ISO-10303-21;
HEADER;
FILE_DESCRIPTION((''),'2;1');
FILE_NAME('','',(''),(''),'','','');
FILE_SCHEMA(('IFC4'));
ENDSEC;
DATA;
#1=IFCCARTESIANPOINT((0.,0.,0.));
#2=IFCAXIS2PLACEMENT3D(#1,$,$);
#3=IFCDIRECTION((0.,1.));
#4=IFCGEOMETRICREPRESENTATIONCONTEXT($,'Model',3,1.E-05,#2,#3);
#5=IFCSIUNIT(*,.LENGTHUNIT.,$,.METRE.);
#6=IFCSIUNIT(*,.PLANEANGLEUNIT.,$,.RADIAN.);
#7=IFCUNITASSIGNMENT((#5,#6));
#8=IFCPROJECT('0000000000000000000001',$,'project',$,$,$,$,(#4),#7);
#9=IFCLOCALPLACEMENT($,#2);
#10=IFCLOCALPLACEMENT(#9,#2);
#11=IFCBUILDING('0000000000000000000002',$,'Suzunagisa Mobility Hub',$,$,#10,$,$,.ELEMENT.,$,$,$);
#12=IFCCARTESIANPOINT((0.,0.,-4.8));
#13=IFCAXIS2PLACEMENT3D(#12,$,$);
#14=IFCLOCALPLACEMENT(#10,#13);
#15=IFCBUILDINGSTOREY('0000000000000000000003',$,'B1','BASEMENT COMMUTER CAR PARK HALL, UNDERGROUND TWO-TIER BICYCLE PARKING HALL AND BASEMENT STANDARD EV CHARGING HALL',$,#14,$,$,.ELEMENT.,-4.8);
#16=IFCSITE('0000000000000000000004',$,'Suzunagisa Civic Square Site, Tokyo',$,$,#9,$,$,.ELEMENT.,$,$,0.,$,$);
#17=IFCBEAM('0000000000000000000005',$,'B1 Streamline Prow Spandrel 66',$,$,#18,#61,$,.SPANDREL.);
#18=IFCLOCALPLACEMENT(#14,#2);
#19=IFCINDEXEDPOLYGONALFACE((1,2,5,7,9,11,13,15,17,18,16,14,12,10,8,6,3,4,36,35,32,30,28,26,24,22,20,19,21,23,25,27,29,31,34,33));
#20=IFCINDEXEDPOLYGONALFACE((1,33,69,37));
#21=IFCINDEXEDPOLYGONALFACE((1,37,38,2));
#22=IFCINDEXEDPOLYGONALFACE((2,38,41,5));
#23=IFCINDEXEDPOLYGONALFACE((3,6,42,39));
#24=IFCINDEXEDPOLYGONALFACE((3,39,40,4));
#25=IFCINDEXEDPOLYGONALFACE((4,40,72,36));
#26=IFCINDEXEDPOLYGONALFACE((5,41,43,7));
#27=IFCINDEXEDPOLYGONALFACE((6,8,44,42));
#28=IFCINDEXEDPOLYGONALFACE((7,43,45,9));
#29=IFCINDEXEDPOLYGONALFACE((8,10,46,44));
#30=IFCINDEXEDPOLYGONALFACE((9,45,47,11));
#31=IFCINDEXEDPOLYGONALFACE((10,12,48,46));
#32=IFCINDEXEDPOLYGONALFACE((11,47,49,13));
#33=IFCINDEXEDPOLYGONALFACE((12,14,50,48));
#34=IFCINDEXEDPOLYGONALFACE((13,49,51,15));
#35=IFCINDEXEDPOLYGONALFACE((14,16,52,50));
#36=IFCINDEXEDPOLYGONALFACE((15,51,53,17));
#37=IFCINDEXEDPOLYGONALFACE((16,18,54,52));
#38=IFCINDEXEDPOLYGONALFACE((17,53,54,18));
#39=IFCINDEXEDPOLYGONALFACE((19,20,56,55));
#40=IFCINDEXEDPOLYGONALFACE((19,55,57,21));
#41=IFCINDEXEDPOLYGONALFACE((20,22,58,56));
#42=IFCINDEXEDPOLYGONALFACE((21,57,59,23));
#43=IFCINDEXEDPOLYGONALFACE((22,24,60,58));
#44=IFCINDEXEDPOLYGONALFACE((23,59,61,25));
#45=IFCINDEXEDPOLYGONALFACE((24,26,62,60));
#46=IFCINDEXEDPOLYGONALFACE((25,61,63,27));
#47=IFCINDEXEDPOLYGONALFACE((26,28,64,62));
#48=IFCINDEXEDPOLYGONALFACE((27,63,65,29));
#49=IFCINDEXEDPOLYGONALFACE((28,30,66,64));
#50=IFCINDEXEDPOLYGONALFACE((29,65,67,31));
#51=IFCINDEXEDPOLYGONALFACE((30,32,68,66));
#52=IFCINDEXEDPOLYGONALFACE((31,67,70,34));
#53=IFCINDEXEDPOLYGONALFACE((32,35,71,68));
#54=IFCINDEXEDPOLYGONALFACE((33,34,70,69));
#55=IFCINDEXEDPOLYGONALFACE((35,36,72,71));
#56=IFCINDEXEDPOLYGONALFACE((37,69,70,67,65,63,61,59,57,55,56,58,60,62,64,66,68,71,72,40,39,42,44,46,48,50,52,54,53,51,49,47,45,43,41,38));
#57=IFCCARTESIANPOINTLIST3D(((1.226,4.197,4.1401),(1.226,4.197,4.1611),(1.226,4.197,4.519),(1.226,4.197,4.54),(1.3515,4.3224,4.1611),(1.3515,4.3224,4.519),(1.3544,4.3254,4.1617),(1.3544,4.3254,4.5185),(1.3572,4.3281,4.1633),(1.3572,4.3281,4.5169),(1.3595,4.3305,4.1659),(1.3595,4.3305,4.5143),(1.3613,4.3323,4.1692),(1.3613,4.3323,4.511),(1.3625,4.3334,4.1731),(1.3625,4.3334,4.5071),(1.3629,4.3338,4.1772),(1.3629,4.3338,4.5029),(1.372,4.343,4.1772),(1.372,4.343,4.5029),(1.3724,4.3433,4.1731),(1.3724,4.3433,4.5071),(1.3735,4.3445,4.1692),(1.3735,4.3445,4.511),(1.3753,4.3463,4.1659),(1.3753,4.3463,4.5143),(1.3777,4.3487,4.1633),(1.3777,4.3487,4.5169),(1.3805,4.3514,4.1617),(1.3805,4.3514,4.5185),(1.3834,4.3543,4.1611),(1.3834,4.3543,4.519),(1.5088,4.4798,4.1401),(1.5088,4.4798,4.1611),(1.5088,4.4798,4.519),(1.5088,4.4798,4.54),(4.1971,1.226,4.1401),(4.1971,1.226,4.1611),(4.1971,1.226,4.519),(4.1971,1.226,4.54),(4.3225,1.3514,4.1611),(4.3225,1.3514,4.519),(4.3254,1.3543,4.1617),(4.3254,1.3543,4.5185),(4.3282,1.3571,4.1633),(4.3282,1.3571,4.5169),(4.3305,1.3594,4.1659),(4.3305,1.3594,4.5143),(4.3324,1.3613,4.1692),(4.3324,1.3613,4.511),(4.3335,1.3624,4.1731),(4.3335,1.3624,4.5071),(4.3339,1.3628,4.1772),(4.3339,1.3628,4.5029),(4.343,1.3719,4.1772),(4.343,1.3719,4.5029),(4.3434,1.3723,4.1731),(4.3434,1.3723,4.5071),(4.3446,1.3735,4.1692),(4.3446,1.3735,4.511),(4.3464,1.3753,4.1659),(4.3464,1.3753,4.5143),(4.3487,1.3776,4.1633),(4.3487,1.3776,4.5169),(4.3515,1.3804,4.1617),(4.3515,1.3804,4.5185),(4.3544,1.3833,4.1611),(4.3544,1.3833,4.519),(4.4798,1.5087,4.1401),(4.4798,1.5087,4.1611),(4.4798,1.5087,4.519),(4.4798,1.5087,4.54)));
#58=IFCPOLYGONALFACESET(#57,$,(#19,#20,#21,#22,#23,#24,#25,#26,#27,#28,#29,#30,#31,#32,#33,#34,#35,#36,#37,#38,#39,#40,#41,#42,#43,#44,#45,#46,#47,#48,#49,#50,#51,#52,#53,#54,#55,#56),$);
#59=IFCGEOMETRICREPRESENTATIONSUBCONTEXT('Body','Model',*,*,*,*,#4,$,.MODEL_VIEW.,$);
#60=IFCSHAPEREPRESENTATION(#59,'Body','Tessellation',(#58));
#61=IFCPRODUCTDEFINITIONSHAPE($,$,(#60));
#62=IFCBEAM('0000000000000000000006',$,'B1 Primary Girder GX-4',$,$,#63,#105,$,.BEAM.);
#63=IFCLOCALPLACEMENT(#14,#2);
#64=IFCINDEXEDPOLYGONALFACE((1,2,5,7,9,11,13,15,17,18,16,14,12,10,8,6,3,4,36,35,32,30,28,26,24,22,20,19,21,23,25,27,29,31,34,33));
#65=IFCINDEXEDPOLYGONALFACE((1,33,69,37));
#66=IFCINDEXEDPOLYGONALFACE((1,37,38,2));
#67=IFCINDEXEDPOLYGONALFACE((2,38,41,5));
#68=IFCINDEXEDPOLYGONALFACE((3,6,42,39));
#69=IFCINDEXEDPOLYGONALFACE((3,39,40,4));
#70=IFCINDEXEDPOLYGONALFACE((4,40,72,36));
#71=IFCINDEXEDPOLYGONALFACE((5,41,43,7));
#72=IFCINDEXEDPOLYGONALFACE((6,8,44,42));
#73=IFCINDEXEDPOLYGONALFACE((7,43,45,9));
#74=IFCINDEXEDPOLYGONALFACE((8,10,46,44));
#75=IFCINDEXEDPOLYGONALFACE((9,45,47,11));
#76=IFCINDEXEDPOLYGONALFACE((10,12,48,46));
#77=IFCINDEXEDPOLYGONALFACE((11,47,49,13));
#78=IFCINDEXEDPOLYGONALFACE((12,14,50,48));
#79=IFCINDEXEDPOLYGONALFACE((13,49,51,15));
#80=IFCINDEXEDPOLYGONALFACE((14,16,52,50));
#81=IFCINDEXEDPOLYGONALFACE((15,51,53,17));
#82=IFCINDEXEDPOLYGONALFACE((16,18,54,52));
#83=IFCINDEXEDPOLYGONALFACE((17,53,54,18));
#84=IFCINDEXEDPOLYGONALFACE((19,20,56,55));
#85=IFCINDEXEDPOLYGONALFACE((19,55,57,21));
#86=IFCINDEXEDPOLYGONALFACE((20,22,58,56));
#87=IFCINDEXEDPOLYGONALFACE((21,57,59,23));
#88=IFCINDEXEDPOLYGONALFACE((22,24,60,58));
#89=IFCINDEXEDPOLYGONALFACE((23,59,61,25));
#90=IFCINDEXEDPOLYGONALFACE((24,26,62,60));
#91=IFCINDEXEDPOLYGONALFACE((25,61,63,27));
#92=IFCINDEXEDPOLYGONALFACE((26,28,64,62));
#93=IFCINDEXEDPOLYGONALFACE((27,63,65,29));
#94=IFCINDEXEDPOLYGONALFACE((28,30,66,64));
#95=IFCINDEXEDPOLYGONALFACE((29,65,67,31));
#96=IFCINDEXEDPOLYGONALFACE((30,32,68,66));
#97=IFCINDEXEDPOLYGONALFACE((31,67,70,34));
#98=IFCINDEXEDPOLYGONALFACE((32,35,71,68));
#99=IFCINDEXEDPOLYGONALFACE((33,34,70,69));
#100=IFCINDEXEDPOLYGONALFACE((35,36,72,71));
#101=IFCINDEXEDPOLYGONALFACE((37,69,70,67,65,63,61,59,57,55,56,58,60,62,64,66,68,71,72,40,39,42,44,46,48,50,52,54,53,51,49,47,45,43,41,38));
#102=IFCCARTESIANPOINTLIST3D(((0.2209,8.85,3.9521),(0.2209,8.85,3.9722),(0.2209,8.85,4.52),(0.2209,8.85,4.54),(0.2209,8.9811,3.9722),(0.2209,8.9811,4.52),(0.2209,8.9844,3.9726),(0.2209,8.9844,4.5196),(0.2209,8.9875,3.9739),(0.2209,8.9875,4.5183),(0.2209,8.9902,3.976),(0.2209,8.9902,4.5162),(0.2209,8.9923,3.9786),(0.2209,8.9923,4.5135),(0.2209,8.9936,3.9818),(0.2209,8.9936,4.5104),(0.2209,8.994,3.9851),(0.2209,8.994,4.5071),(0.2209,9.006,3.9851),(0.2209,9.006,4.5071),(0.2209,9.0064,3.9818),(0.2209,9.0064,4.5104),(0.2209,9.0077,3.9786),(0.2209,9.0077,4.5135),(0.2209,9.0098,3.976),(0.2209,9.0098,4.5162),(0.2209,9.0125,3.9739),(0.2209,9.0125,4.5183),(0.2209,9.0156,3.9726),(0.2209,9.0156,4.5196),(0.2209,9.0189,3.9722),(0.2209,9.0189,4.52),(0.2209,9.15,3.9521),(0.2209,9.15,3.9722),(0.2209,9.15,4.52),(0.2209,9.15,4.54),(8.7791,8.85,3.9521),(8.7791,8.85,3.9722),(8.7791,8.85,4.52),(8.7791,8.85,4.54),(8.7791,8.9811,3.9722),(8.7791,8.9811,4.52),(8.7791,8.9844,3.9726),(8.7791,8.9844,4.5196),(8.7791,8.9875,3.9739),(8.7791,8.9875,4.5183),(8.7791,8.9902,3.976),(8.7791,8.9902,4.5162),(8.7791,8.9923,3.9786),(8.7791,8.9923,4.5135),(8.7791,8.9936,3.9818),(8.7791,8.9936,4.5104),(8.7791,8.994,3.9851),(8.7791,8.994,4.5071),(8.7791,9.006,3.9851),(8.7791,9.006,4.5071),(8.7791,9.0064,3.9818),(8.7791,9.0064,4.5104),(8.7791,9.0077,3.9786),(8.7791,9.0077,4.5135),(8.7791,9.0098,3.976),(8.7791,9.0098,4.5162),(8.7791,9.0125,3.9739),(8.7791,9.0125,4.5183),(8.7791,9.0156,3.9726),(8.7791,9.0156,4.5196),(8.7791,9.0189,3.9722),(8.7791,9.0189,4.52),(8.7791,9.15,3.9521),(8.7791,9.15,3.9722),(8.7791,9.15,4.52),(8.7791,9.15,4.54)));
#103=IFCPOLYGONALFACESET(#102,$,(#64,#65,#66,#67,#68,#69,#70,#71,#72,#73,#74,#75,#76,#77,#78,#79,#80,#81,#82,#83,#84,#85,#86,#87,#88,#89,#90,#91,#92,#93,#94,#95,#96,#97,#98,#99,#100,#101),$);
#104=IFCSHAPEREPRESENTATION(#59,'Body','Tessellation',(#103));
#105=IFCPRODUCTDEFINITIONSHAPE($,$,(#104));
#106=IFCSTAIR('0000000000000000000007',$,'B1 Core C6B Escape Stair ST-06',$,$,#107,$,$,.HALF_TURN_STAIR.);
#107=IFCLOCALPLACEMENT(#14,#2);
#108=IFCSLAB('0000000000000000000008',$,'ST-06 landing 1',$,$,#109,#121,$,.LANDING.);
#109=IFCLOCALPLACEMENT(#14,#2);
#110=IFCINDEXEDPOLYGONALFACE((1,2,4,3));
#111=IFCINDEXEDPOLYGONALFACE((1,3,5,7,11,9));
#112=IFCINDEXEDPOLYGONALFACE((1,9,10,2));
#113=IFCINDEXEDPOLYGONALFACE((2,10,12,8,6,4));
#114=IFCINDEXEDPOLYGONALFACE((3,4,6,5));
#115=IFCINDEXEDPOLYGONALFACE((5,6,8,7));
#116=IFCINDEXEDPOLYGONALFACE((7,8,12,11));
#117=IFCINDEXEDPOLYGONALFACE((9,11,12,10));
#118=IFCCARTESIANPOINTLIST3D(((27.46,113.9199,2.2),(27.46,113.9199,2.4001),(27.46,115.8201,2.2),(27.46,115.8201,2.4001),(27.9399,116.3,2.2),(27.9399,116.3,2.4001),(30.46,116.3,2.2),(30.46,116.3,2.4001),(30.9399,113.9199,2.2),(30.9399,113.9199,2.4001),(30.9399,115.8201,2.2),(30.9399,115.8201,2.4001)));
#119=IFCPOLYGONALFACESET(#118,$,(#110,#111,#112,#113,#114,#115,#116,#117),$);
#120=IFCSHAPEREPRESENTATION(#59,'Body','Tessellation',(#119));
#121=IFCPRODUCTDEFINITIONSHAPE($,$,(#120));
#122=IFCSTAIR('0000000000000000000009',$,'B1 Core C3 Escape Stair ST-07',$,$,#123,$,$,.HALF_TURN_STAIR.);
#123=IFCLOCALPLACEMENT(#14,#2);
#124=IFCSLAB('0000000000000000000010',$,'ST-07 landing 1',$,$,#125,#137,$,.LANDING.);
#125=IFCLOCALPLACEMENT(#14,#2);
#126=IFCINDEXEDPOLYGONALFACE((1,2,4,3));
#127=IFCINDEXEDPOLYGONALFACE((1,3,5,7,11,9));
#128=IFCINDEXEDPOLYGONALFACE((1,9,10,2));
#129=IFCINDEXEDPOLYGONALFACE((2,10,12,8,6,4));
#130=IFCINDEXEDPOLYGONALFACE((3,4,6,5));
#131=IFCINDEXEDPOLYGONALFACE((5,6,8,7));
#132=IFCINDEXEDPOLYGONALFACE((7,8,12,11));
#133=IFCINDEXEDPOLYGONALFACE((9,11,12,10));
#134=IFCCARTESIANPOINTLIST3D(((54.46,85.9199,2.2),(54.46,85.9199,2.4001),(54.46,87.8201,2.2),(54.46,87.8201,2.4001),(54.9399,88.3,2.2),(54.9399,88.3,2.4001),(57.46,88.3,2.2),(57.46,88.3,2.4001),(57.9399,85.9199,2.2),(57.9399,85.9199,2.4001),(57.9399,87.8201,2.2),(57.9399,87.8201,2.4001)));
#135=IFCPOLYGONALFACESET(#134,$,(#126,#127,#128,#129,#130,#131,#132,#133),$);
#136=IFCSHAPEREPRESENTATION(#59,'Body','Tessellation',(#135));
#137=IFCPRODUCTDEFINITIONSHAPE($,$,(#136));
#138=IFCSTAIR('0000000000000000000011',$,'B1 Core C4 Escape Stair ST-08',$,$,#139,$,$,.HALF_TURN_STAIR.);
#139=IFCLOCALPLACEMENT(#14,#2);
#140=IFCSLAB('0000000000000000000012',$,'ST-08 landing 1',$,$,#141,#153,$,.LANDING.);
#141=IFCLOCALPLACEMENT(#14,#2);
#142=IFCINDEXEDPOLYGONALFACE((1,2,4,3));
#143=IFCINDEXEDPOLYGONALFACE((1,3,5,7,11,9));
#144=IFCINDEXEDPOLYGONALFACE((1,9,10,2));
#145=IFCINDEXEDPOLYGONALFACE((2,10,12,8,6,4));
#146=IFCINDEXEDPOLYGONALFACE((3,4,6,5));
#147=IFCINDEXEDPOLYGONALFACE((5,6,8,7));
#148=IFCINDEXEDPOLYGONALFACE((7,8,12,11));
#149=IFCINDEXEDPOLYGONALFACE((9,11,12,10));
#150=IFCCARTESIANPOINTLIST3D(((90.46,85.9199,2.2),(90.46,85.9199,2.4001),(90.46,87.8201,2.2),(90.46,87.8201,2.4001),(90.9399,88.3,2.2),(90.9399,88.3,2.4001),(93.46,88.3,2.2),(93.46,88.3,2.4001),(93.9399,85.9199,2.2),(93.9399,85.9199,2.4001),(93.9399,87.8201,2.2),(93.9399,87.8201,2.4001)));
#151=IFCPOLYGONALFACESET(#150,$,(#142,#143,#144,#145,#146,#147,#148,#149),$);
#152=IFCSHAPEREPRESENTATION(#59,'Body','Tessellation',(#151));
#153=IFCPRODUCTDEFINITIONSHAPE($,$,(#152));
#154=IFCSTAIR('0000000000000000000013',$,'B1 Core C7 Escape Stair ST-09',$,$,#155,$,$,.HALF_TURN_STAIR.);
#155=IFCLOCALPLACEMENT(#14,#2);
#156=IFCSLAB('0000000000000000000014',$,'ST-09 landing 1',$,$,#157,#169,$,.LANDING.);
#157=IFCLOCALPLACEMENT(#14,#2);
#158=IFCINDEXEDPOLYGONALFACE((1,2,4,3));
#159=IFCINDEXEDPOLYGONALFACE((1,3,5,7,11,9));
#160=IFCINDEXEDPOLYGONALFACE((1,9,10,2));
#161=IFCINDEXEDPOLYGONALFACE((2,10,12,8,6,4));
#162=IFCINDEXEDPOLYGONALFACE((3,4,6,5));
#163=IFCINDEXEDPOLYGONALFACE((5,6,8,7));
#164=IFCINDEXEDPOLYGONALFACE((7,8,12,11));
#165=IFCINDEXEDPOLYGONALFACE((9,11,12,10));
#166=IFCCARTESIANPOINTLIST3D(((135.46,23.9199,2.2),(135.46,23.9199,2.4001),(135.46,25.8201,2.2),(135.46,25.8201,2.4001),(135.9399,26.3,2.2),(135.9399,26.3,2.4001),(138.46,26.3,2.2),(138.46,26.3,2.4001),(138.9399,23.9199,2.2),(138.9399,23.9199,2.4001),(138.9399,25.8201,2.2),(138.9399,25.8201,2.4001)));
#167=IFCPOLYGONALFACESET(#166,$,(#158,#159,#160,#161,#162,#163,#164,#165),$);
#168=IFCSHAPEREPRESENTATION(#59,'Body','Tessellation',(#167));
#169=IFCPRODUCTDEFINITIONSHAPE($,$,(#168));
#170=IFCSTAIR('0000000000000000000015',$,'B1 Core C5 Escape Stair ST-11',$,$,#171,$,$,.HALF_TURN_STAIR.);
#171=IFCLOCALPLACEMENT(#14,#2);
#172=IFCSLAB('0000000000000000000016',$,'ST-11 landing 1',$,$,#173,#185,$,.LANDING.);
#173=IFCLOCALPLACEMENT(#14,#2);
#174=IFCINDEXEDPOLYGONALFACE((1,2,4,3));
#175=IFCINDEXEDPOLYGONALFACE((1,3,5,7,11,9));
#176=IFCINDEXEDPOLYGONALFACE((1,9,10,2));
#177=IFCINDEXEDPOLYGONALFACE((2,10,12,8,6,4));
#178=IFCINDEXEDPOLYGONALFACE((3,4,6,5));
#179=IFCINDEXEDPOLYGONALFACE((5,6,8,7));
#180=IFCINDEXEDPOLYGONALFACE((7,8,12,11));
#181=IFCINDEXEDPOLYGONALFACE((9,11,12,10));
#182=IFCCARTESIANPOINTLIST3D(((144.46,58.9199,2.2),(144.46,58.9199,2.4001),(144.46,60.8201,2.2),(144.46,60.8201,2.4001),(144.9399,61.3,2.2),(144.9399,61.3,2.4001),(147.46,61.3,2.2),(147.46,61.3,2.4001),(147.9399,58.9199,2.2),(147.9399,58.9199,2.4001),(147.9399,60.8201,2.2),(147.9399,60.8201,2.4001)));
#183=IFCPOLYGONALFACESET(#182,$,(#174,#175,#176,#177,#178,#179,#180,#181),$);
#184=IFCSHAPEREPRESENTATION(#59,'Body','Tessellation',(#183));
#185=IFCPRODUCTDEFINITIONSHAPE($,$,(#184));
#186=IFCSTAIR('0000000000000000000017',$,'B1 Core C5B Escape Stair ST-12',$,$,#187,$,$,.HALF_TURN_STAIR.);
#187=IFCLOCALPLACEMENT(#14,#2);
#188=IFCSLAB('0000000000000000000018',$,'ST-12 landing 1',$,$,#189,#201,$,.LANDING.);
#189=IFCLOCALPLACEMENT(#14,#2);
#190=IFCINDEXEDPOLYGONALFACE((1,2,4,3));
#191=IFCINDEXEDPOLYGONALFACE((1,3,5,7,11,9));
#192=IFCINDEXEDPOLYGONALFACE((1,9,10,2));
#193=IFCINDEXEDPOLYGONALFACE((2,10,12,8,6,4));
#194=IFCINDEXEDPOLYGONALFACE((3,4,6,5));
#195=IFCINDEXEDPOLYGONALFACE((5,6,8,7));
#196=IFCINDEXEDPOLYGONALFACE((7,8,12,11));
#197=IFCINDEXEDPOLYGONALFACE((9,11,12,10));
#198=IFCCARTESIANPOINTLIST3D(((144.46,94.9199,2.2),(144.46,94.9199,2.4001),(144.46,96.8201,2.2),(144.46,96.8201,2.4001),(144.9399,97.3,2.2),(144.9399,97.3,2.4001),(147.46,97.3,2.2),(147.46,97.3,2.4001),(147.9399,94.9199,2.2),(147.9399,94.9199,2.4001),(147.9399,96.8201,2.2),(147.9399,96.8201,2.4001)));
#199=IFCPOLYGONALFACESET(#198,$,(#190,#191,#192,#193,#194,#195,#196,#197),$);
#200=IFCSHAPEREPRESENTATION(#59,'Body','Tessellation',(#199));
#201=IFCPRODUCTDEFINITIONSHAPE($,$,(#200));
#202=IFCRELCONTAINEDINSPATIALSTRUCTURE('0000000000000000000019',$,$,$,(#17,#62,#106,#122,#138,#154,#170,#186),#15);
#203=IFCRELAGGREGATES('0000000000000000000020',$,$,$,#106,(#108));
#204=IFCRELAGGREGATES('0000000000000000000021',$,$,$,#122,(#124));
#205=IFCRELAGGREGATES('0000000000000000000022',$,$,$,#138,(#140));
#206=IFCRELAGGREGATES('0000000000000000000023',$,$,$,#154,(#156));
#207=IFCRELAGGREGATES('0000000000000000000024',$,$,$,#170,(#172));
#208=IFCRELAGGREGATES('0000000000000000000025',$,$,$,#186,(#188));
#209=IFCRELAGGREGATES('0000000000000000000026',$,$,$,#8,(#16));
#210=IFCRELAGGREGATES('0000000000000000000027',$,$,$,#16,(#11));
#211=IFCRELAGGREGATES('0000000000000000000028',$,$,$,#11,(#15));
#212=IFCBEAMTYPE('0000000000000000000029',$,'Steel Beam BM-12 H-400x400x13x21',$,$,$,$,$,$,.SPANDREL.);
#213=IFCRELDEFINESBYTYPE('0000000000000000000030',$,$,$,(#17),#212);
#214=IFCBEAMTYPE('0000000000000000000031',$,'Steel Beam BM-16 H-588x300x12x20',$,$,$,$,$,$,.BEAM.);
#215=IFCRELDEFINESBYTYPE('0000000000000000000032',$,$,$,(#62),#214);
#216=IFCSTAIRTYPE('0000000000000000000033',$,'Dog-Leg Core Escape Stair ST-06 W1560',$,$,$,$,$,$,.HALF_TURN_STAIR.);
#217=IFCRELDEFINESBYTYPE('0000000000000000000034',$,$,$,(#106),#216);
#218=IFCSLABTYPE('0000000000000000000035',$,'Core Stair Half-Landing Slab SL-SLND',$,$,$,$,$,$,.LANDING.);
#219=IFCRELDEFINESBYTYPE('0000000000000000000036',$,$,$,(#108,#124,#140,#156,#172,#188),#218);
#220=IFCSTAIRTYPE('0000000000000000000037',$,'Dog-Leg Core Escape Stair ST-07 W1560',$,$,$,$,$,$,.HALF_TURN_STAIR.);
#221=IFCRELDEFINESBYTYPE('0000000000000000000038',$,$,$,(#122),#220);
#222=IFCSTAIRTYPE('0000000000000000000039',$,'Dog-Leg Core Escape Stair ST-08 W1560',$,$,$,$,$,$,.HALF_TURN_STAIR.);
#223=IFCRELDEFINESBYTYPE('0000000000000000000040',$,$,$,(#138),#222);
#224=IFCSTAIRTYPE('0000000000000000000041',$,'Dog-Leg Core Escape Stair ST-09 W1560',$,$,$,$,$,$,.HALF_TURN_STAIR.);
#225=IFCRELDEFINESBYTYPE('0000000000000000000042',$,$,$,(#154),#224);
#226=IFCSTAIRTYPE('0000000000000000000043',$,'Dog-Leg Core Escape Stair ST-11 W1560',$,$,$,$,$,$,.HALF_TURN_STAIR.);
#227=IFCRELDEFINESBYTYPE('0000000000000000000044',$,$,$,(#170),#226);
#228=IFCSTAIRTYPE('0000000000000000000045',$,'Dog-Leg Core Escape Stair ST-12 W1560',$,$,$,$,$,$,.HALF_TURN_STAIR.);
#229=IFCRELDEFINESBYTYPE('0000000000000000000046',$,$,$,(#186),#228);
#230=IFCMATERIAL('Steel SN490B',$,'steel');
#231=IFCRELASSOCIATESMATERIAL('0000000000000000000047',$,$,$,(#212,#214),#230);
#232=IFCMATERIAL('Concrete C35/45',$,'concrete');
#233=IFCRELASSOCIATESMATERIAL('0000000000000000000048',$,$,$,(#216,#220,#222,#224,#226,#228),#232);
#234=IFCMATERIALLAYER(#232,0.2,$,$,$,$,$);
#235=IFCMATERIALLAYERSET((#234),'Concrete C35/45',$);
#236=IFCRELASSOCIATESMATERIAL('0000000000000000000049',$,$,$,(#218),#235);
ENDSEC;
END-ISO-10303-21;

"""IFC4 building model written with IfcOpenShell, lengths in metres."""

from ifc_helpers import new_model, si_unit, direction, frame, origin, origin_2d, place, context, subcontext, project, spatial, polyline, i_section, outline, extrude, material, layer, layer_set, material_profile, profile_set, type_object, element, aggregate, save


model = new_model("IFC4")

# Units and contexts
model_context = context("Model", 3, precision=1e-05, world=origin(), true_north=direction((0.0, 1.0)))
body_context = subcontext(model_context, "Body", "Model", "MODEL_VIEW")
ifc_project = project(units=[si_unit("LENGTHUNIT", "METRE"), si_unit("PLANEANGLEUNIT", "RADIAN")], contexts=[model_context])

# Site, building, storey
site_placement = place(None, origin())
site = spatial("IfcSite", under=ifc_project, at=site_placement, Name="Suzunagisa Civic Square Site, Tokyo", CompositionType="ELEMENT", RefElevation=0.0)
building_placement = place(site_placement, origin())
building = spatial("IfcBuilding", under=site, at=building_placement, Name="Suzunagisa Mobility Hub", CompositionType="ELEMENT")
storey_placement = place(building_placement, frame((0.0, 0.0, -4.8)))
storey = spatial("IfcBuildingStorey", under=building, at=storey_placement, Name="B1", Description="BASEMENT COMMUTER CAR PARK HALL, UNDERGROUND TWO-TIER BICYCLE PARKING HALL AND BASEMENT STANDARD EV CHARGING HALL", CompositionType="ELEMENT", Elevation=-4.8)

# Shared definitions
ifc_material_1 = material(Name="Steel SN490B", Category="steel")

# Beams
ifc_material_profile_1 = material_profile(ifc_material_1, i_section(OverallWidth=0.3999, OverallDepth=0.3999, WebThickness=0.0129, FlangeThickness=0.021, FilletRadius=0.0161, at=origin_2d()), Name="H-400x400x13x21")
ifc_profile_set_1 = profile_set([ifc_material_profile_1], Name="Steel SN490B")
beam_type_1 = type_object("IfcBeamType", Name="Steel Beam BM-12 H-400x400x13x21", PredefinedType="SPANDREL", material=ifc_profile_set_1)
beam_1_placement = place(storey_placement, frame((1.3674, 4.3384, 4.3401), z_axis=(0.707107, -0.707107, 0.0), x_axis=(0.707107, 0.707107, 0.0)))
element("IfcBeam", 1, at=beam_1_placement, inside=storey, type_object=beam_type_1, Name="B1 Streamline Prow Spandrel 66", PredefinedType="SPANDREL", context=body_context, shape_type="SweptSolid", body=[
    extrude(i_section(OverallWidth=0.3999, OverallDepth=0.3999, WebThickness=0.0129, FlangeThickness=0.021, FilletRadius=0.0161, at=origin_2d()), origin(), (0.0, 0.0, 1.0), 4.2017),
])
ifc_material_profile_2 = material_profile(ifc_material_1, i_section(OverallWidth=0.3, OverallDepth=0.5879, WebThickness=0.012, FlangeThickness=0.02, FilletRadius=0.0129, at=origin_2d()), Name="H-588x300x12x20")
ifc_profile_set_2 = profile_set([ifc_material_profile_2], Name="Steel SN490B")
beam_type_2 = type_object("IfcBeamType", Name="Steel Beam BM-16 H-588x300x12x20", PredefinedType="BEAM", material=ifc_profile_set_2)
beam_2_placement = place(storey_placement, frame((0.2209, 9.0, 4.2461), z_axis=(1.0, 0.0, 0.0), x_axis=(0.0, 1.0, 0.0)))
element("IfcBeam", 2, at=beam_2_placement, inside=storey, type_object=beam_type_2, Name="B1 Primary Girder GX-4", PredefinedType="BEAM", context=body_context, shape_type="SweptSolid", body=[
    extrude(i_section(OverallWidth=0.3, OverallDepth=0.5879, WebThickness=0.012, FlangeThickness=0.02, FilletRadius=0.0129, at=origin_2d()), origin(), (0.0, 0.0, 1.0), 8.5581),
])

# Stairs, slabs
ifc_material_2 = material(Name="Concrete C35/45", Category="concrete")
stair_type_1 = type_object("IfcStairType", Name="Dog-Leg Core Escape Stair ST-06 W1560", PredefinedType="HALF_TURN_STAIR", material=ifc_material_2)
stair_1_placement = place(storey_placement, origin())
stair_1 = element("IfcStair", 3, at=stair_1_placement, inside=storey, type_object=stair_type_1, Name="B1 Core C6B Escape Stair ST-06", PredefinedType="HALF_TURN_STAIR")
ifc_layer_1 = layer(ifc_material_2, 0.2)
ifc_layer_set_1 = layer_set([ifc_layer_1], Name="Concrete C35/45")
slab_type = type_object("IfcSlabType", Name="Core Stair Half-Landing Slab SL-SLND", PredefinedType="LANDING", material=ifc_layer_set_1)
slab_1_placement = place(storey_placement, frame((0.0, 0.0, 2.2)))
slab_1 = element("IfcSlab", 4, at=slab_1_placement, type_object=slab_type, Name="ST-06 landing 1", PredefinedType="LANDING", context=body_context, shape_type="SweptSolid", body=[
    extrude(outline(polyline([(27.46, 113.9199), (30.9399, 113.9199), (30.9399, 115.8201), (30.46, 116.3), (27.9399, 116.3), (27.46, 115.8201), (27.46, 113.9199)])), origin(), (0.0, 0.0, 1.0), 0.2002),
])
aggregate(stair_1, [slab_1])
stair_type_2 = type_object("IfcStairType", Name="Dog-Leg Core Escape Stair ST-07 W1560", PredefinedType="HALF_TURN_STAIR", material=ifc_material_2)
stair_2_placement = place(storey_placement, origin())
stair_2 = element("IfcStair", 5, at=stair_2_placement, inside=storey, type_object=stair_type_2, Name="B1 Core C3 Escape Stair ST-07", PredefinedType="HALF_TURN_STAIR")
slab_2_placement = place(storey_placement, frame((0.0, 0.0, 2.2)))
slab_2 = element("IfcSlab", 6, at=slab_2_placement, type_object=slab_type, Name="ST-07 landing 1", PredefinedType="LANDING", context=body_context, shape_type="SweptSolid", body=[
    extrude(outline(polyline([(54.46, 85.9199), (57.9399, 85.9199), (57.9399, 87.8201), (57.46, 88.3), (54.9399, 88.3), (54.46, 87.8201), (54.46, 85.9199)])), origin(), (0.0, 0.0, 1.0), 0.2002),
])
aggregate(stair_2, [slab_2])
stair_type_3 = type_object("IfcStairType", Name="Dog-Leg Core Escape Stair ST-08 W1560", PredefinedType="HALF_TURN_STAIR", material=ifc_material_2)
stair_3_placement = place(storey_placement, origin())
stair_3 = element("IfcStair", 7, at=stair_3_placement, inside=storey, type_object=stair_type_3, Name="B1 Core C4 Escape Stair ST-08", PredefinedType="HALF_TURN_STAIR")
slab_3_placement = place(storey_placement, frame((0.0, 0.0, 2.2)))
slab_3 = element("IfcSlab", 8, at=slab_3_placement, type_object=slab_type, Name="ST-08 landing 1", PredefinedType="LANDING", context=body_context, shape_type="SweptSolid", body=[
    extrude(outline(polyline([(90.46, 85.9199), (93.9399, 85.9199), (93.9399, 87.8201), (93.46, 88.3), (90.9399, 88.3), (90.46, 87.8201), (90.46, 85.9199)])), origin(), (0.0, 0.0, 1.0), 0.2002),
])
aggregate(stair_3, [slab_3])
stair_type_4 = type_object("IfcStairType", Name="Dog-Leg Core Escape Stair ST-09 W1560", PredefinedType="HALF_TURN_STAIR", material=ifc_material_2)
stair_4_placement = place(storey_placement, origin())
stair_4 = element("IfcStair", 9, at=stair_4_placement, inside=storey, type_object=stair_type_4, Name="B1 Core C7 Escape Stair ST-09", PredefinedType="HALF_TURN_STAIR")
slab_4_placement = place(storey_placement, frame((0.0, 0.0, 2.2)))
slab_4 = element("IfcSlab", 10, at=slab_4_placement, type_object=slab_type, Name="ST-09 landing 1", PredefinedType="LANDING", context=body_context, shape_type="SweptSolid", body=[
    extrude(outline(polyline([(135.46, 23.9199), (138.9399, 23.9199), (138.9399, 25.8201), (138.46, 26.3), (135.9399, 26.3), (135.46, 25.8201), (135.46, 23.9199)])), origin(), (0.0, 0.0, 1.0), 0.2002),
])
aggregate(stair_4, [slab_4])
stair_type_5 = type_object("IfcStairType", Name="Dog-Leg Core Escape Stair ST-11 W1560", PredefinedType="HALF_TURN_STAIR", material=ifc_material_2)
stair_5_placement = place(storey_placement, origin())
stair_5 = element("IfcStair", 11, at=stair_5_placement, inside=storey, type_object=stair_type_5, Name="B1 Core C5 Escape Stair ST-11", PredefinedType="HALF_TURN_STAIR")
slab_5_placement = place(storey_placement, frame((0.0, 0.0, 2.2)))
slab_5 = element("IfcSlab", 12, at=slab_5_placement, type_object=slab_type, Name="ST-11 landing 1", PredefinedType="LANDING", context=body_context, shape_type="SweptSolid", body=[
    extrude(outline(polyline([(144.46, 58.9199), (147.9399, 58.9199), (147.9399, 60.8201), (147.46, 61.3), (144.9399, 61.3), (144.46, 60.8201), (144.46, 58.9199)])), origin(), (0.0, 0.0, 1.0), 0.2002),
])
aggregate(stair_5, [slab_5])
stair_type_6 = type_object("IfcStairType", Name="Dog-Leg Core Escape Stair ST-12 W1560", PredefinedType="HALF_TURN_STAIR", material=ifc_material_2)
stair_6_placement = place(storey_placement, origin())
stair_6 = element("IfcStair", 13, at=stair_6_placement, inside=storey, type_object=stair_type_6, Name="B1 Core C5B Escape Stair ST-12", PredefinedType="HALF_TURN_STAIR")
slab_6_placement = place(storey_placement, frame((0.0, 0.0, 2.2)))
slab_6 = element("IfcSlab", 14, at=slab_6_placement, type_object=slab_type, Name="ST-12 landing 1", PredefinedType="LANDING", context=body_context, shape_type="SweptSolid", body=[
    extrude(outline(polyline([(144.46, 94.9199), (147.9399, 94.9199), (147.9399, 96.8201), (147.46, 97.3), (144.9399, 97.3), (144.46, 96.8201), (144.46, 94.9199)])), origin(), (0.0, 0.0, 1.0), 0.2002),
])
aggregate(stair_6, [slab_6])

save(model, "model.ifc")
